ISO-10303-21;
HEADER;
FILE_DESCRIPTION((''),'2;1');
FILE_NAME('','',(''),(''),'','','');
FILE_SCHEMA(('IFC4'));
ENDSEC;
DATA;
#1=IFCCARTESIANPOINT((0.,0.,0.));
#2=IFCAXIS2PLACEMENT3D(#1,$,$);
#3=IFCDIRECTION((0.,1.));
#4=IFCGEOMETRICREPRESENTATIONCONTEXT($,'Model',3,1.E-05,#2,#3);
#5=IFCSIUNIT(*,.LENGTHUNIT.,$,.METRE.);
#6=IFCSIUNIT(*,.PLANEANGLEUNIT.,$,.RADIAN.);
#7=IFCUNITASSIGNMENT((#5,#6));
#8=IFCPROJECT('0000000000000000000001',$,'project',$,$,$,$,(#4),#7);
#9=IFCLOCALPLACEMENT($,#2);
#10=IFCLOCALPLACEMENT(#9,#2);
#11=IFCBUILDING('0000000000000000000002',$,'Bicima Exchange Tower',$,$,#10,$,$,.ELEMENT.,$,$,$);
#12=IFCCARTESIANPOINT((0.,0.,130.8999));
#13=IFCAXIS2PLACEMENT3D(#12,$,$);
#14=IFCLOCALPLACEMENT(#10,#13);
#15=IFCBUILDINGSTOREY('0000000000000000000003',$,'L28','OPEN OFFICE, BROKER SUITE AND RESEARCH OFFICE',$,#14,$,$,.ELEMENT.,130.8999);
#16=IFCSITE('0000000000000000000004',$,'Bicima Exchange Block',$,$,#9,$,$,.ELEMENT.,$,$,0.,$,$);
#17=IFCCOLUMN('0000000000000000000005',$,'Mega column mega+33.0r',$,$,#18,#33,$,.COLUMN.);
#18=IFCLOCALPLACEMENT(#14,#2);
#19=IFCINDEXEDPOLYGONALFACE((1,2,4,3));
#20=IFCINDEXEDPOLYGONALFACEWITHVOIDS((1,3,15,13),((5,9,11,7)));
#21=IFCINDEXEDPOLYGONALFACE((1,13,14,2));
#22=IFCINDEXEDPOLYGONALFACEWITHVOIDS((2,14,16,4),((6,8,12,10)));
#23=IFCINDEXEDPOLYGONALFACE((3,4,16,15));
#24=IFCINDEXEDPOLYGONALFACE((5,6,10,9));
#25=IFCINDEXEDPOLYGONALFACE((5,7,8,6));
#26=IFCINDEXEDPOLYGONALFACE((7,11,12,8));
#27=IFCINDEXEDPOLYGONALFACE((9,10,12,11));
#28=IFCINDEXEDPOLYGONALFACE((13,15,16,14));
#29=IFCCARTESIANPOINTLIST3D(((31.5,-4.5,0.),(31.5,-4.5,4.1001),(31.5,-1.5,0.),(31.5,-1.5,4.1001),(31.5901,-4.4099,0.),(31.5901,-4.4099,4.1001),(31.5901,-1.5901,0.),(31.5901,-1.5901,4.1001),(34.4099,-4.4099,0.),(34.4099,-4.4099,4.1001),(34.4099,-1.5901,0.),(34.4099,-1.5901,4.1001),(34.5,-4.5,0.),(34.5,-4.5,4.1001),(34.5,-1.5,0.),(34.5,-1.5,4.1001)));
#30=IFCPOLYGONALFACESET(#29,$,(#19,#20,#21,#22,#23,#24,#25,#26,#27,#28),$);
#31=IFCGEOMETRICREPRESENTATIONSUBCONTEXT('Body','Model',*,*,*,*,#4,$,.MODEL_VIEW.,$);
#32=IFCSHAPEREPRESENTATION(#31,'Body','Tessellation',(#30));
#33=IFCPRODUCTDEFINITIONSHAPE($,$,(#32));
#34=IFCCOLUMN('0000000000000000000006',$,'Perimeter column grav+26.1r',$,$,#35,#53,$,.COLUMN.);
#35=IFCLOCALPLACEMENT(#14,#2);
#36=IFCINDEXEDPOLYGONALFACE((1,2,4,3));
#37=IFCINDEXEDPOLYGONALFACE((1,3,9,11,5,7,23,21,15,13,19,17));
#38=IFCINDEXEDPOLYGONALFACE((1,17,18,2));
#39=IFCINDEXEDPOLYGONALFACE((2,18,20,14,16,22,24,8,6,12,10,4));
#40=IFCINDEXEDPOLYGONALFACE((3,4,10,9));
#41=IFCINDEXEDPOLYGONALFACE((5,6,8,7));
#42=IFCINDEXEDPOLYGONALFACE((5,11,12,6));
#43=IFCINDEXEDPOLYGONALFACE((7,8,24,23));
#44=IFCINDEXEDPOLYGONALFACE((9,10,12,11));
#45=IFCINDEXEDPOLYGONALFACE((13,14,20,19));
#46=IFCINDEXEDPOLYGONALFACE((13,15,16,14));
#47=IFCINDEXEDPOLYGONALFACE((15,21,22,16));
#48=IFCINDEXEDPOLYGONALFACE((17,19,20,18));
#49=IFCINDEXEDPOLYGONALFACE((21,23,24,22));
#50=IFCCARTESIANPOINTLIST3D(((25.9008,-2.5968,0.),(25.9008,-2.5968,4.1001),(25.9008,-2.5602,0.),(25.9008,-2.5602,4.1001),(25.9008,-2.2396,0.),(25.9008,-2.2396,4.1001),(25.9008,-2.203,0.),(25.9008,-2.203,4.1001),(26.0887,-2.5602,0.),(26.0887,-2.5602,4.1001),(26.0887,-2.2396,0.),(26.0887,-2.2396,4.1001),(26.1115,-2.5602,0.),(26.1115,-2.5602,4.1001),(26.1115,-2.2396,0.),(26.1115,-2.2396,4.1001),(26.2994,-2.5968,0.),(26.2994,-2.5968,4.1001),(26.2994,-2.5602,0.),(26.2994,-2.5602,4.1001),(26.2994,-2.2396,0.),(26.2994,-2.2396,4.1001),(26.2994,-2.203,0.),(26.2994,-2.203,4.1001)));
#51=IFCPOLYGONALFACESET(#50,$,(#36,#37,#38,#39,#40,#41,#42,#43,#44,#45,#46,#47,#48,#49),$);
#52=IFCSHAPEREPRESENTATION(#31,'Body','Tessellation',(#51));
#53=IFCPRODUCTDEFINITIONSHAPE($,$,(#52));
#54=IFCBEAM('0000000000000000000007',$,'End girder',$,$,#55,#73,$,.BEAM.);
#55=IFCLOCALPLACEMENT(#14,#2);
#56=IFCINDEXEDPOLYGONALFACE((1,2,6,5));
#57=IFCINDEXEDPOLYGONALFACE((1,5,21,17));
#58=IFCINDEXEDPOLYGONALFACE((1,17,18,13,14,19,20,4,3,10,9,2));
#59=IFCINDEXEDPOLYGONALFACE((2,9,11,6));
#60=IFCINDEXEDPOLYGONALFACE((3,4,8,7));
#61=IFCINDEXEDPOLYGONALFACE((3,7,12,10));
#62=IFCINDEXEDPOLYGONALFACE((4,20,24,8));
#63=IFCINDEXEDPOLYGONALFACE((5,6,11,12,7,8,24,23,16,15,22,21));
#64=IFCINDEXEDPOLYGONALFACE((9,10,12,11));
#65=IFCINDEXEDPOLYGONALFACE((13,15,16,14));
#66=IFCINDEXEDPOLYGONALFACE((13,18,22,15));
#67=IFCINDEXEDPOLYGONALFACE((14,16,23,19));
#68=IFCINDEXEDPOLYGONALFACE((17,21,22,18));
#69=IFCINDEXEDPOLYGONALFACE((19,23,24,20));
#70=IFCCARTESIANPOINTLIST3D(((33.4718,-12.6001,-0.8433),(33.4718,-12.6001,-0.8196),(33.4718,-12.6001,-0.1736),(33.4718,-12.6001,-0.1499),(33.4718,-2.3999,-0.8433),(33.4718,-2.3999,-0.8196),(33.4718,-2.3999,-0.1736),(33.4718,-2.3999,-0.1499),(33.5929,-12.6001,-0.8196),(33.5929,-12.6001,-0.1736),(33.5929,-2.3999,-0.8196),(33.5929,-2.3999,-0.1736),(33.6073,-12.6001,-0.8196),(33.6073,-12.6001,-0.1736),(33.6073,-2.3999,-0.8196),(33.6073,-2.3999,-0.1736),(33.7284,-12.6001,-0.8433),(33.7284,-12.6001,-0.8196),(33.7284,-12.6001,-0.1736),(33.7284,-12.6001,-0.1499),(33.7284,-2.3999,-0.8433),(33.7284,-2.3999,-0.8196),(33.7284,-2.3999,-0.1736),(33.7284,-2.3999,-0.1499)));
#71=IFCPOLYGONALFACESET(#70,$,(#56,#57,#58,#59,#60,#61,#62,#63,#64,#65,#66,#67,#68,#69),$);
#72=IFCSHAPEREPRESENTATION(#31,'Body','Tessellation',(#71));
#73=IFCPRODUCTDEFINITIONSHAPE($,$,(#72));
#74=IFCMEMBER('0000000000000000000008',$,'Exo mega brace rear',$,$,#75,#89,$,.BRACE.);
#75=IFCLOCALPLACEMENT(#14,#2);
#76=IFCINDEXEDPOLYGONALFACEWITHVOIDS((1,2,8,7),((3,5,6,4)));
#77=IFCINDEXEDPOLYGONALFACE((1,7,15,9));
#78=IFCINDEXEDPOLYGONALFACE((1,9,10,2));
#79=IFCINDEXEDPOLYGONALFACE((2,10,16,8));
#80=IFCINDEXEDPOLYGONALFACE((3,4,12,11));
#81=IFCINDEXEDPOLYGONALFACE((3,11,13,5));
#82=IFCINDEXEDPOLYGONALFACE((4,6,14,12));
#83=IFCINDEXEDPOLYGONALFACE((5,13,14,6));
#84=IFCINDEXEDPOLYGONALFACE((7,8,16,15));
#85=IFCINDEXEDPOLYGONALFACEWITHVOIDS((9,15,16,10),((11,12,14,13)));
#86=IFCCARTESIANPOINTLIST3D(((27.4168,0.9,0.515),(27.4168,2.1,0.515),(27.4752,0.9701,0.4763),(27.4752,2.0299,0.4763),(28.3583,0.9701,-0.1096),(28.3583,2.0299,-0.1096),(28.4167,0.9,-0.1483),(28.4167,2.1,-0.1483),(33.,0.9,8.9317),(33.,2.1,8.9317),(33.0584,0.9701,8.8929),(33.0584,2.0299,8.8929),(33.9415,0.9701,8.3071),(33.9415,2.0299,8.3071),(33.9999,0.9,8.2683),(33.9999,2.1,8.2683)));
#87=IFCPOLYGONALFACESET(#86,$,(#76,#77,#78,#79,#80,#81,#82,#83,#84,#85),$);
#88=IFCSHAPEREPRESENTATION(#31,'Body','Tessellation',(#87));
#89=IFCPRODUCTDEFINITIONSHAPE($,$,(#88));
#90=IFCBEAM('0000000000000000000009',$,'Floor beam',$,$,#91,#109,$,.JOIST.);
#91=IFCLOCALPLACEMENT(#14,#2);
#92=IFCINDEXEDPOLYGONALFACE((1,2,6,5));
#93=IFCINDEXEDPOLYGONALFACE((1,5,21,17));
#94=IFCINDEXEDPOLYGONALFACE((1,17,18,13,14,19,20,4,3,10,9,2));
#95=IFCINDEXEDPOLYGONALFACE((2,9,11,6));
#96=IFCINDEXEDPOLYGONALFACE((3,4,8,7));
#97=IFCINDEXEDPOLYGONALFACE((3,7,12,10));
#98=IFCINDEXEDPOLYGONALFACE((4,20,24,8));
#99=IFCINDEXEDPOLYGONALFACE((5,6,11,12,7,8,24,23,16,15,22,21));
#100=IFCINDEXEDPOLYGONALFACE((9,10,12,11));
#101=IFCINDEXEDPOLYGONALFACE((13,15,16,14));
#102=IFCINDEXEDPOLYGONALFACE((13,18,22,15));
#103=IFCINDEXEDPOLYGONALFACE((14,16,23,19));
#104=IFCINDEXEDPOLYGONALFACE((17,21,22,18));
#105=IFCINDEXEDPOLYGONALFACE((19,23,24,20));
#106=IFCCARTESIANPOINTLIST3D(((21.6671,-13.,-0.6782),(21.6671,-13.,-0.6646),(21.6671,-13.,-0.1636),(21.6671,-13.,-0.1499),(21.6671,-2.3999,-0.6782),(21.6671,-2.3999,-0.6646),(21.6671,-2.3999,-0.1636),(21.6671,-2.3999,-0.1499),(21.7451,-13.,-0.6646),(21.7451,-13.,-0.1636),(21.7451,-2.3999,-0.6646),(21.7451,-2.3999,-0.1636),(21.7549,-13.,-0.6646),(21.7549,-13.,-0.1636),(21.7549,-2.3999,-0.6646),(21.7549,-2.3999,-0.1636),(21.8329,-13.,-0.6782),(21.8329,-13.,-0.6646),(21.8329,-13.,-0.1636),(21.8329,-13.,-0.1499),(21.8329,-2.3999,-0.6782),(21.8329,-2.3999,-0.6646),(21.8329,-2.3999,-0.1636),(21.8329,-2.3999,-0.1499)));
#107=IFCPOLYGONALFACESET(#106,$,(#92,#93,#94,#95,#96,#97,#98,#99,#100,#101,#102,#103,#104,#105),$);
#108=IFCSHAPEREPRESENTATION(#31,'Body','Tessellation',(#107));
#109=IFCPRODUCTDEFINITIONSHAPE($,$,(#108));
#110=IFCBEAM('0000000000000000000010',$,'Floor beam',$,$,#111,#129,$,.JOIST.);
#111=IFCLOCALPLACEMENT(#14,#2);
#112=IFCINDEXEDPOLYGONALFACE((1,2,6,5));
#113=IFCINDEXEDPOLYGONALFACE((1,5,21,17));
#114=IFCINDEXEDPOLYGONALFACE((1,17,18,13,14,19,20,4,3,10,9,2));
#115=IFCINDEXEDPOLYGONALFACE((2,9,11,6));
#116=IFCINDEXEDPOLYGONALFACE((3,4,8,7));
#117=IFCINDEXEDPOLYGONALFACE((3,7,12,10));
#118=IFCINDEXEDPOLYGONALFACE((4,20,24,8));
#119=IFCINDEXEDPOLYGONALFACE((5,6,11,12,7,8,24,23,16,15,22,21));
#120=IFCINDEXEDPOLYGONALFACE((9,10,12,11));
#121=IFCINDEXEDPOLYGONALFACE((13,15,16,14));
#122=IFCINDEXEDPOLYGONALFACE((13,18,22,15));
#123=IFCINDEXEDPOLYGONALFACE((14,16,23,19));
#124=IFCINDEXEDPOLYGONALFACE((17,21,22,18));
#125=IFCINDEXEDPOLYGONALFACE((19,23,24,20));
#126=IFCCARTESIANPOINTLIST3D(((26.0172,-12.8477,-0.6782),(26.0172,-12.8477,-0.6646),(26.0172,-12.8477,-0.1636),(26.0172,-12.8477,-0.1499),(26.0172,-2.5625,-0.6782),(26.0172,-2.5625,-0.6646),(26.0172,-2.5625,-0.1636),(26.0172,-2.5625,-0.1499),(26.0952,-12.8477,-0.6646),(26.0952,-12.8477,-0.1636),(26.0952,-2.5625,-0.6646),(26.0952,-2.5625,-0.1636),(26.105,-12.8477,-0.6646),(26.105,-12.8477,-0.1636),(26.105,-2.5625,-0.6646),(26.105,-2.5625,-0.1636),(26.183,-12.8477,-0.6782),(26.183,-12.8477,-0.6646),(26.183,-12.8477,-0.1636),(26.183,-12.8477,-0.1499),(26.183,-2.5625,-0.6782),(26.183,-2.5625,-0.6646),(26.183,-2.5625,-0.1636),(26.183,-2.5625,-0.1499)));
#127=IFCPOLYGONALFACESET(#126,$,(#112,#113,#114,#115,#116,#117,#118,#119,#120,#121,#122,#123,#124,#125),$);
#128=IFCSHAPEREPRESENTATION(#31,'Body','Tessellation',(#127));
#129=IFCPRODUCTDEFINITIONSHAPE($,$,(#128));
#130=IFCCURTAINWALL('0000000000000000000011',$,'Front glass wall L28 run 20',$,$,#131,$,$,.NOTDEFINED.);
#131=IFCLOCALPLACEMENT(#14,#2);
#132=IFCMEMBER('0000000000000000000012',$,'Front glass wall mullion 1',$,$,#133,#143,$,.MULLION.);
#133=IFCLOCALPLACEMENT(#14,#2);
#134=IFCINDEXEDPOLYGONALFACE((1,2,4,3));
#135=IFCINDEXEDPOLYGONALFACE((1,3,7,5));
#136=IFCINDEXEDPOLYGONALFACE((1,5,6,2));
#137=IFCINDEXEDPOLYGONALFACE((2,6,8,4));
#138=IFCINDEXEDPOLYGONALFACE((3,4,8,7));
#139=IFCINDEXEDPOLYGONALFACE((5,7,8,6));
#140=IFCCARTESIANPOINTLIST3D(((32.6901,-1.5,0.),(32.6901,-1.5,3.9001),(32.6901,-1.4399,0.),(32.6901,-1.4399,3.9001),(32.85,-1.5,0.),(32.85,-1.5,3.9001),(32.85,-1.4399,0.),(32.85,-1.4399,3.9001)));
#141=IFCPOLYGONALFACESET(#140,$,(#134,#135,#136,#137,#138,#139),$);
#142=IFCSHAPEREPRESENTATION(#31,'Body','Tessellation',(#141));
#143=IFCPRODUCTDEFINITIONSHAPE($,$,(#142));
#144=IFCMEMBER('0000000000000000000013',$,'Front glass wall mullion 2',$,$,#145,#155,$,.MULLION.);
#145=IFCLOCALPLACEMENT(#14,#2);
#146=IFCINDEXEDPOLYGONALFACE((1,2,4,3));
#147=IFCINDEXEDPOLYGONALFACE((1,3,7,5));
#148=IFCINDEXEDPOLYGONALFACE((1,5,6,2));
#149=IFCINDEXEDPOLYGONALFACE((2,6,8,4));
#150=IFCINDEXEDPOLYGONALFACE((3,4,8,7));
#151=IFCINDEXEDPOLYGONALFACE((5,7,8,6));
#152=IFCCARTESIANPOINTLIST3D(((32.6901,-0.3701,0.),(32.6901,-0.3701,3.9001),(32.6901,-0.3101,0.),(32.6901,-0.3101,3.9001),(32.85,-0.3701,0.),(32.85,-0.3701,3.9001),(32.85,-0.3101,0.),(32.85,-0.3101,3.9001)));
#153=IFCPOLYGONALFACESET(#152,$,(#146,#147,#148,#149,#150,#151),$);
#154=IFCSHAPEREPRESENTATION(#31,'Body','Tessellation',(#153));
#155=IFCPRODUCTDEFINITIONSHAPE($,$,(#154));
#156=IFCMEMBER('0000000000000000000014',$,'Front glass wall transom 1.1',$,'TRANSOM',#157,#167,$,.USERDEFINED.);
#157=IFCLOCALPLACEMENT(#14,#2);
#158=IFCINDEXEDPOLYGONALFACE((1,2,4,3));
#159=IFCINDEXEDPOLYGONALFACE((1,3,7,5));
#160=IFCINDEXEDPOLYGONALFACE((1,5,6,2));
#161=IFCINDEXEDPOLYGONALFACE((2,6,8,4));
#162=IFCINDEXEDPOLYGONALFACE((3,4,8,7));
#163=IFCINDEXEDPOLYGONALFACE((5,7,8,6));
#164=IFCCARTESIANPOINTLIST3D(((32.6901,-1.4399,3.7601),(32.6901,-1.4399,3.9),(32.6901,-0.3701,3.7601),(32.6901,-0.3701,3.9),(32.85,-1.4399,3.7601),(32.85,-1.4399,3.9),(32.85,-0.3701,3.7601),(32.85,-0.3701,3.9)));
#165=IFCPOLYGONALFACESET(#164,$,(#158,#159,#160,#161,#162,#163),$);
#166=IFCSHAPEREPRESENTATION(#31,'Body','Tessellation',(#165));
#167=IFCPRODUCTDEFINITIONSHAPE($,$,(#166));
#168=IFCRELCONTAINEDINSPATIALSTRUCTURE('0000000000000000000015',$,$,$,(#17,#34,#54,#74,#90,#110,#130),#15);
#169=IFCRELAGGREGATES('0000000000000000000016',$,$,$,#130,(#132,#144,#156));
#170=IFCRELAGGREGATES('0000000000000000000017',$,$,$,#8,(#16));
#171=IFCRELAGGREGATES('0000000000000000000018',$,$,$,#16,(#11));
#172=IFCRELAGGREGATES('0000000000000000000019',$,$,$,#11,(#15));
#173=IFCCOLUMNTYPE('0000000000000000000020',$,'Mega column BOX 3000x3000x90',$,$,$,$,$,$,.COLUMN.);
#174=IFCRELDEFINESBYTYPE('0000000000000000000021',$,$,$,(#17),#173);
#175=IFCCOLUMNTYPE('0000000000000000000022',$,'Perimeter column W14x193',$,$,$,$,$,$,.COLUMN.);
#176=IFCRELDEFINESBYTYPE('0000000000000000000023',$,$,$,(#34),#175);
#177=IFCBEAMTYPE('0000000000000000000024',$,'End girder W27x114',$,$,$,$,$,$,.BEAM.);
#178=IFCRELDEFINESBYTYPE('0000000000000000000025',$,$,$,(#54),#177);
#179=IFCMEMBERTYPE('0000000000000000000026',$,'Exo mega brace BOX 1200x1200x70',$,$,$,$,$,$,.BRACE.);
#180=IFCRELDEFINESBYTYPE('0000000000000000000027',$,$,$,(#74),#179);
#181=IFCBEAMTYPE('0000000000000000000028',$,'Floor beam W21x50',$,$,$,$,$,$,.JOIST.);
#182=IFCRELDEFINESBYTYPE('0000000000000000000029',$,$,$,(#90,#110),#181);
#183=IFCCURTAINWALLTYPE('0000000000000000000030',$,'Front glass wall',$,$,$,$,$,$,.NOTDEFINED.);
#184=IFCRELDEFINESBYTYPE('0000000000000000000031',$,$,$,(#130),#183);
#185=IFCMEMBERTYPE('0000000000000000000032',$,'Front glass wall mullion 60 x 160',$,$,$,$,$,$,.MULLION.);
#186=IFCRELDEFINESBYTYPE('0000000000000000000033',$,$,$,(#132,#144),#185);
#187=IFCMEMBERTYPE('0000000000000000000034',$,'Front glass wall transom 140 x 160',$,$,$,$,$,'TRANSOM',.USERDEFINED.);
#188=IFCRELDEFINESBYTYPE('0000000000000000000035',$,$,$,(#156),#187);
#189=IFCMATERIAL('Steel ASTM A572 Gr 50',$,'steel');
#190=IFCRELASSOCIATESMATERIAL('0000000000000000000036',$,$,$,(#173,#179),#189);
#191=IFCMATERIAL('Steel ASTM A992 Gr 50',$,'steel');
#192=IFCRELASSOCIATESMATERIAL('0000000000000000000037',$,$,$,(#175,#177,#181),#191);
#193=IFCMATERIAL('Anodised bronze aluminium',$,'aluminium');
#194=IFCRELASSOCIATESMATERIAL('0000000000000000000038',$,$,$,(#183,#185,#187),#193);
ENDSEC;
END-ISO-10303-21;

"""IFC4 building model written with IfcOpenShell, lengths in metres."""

from ifc_helpers import new_model, si_unit, direction, frame, origin, origin_2d, place, context, subcontext, project, spatial, rectangle, hollow_rectangle, i_section, extrude, material, material_profile, profile_set, type_object, element, aggregate, save


model = new_model("IFC4")

# Units and contexts
model_context = context("Model", 3, precision=1e-05, world=origin(), true_north=direction((0.0, 1.0)))
body_context = subcontext(model_context, "Body", "Model", "MODEL_VIEW")
ifc_project = project(units=[si_unit("LENGTHUNIT", "METRE"), si_unit("PLANEANGLEUNIT", "RADIAN")], contexts=[model_context])

# Site, building, storey
site_placement = place(None, origin())
site = spatial("IfcSite", under=ifc_project, at=site_placement, Name="Bicima Exchange Block", CompositionType="ELEMENT", RefElevation=0.0)
building_placement = place(site_placement, origin())
building = spatial("IfcBuilding", under=site, at=building_placement, Name="Bicima Exchange Tower", CompositionType="ELEMENT")
storey_placement = place(building_placement, frame((0.0, 0.0, 130.8999)))
storey = spatial("IfcBuildingStorey", under=building, at=storey_placement, Name="L28", Description="OPEN OFFICE, BROKER SUITE AND RESEARCH OFFICE", CompositionType="ELEMENT", Elevation=130.8999)

# Columns
ifc_material_1 = material(Name="Steel ASTM A572 Gr 50", Category="steel")
ifc_material_profile_1 = material_profile(ifc_material_1, hollow_rectangle(XDim=3.0, YDim=3.0, WallThickness=0.0901, at=origin_2d()))
ifc_profile_set_1 = profile_set([ifc_material_profile_1], Name="Steel ASTM A572 Gr 50")
column_type_1 = type_object("IfcColumnType", Name="Mega column BOX 3000x3000x90", PredefinedType="COLUMN", material=ifc_profile_set_1)
column_1_placement = place(storey_placement, frame((33.0, -3.0, 0.0), z_axis=(0.0, 0.0, 1.0), x_axis=(1.0, 0.0, 0.0)))
element("IfcColumn", 1, at=column_1_placement, inside=storey, type_object=column_type_1, Name="Mega column mega+33.0r", PredefinedType="COLUMN", context=body_context, shape_type="SweptSolid", body=[
    extrude(hollow_rectangle(XDim=3.0, YDim=3.0, WallThickness=0.0901, at=origin_2d()), origin(), (0.0, 0.0, 1.0), 4.1001),
])
ifc_material_2 = material(Name="Steel ASTM A992 Gr 50", Category="steel")
ifc_material_profile_2 = material_profile(ifc_material_2, i_section(OverallWidth=0.3987, OverallDepth=0.3938, WebThickness=0.0227, FlangeThickness=0.0366, at=origin_2d()))
ifc_profile_set_2 = profile_set([ifc_material_profile_2], Name="Steel ASTM A992 Gr 50")
column_type_2 = type_object("IfcColumnType", Name="Perimeter column W14x193", PredefinedType="COLUMN", material=ifc_profile_set_2)
column_2_placement = place(storey_placement, frame((26.1001, -2.3999, 0.0), z_axis=(0.0, 0.0, 1.0), x_axis=(1.0, 0.0, 0.0)))
element("IfcColumn", 2, at=column_2_placement, inside=storey, type_object=column_type_2, Name="Perimeter column grav+26.1r", PredefinedType="COLUMN", context=body_context, shape_type="SweptSolid", body=[
    extrude(i_section(OverallWidth=0.3987, OverallDepth=0.3938, WebThickness=0.0227, FlangeThickness=0.0366, at=origin_2d()), origin(), (0.0, 0.0, 1.0), 4.1001),
])

# Beam
ifc_material_profile_3 = material_profile(ifc_material_2, i_section(OverallWidth=0.2566, OverallDepth=0.6934, WebThickness=0.0144, FlangeThickness=0.0237, at=origin_2d()))
ifc_profile_set_3 = profile_set([ifc_material_profile_3], Name="Steel ASTM A992 Gr 50")
beam_type_1 = type_object("IfcBeamType", Name="End girder W27x114", PredefinedType="BEAM", material=ifc_profile_set_3)
beam_1_placement = place(storey_placement, frame((33.6001, -2.3999, -0.4966), z_axis=(0.0, -1.0, 0.0), x_axis=(1.0, 0.0, 0.0)))
element("IfcBeam", 3, at=beam_1_placement, inside=storey, type_object=beam_type_1, Name="End girder", PredefinedType="BEAM", context=body_context, shape_type="SweptSolid", body=[
    extrude(i_section(OverallWidth=0.2566, OverallDepth=0.6934, WebThickness=0.0144, FlangeThickness=0.0237, at=origin_2d()), origin(), (0.0, 0.0, 1.0), 10.2002),
])

# Member
ifc_material_profile_4 = material_profile(ifc_material_1, hollow_rectangle(XDim=1.2, YDim=1.2, WallThickness=0.0701, at=origin_2d()))
ifc_profile_set_4 = profile_set([ifc_material_profile_4], Name="Steel ASTM A572 Gr 50")
member_type_1 = type_object("IfcMemberType", Name="Exo mega brace BOX 1200x1200x70", PredefinedType="BRACE", material=ifc_profile_set_4)
member_1_placement = place(storey_placement, frame((27.9167, 1.5, 0.1833), z_axis=(0.552785, 0.0, 0.833324), x_axis=(0.0, 1.0, 0.0)))
element("IfcMember", 4, at=member_1_placement, inside=storey, type_object=member_type_1, Name="Exo mega brace rear", PredefinedType="BRACE", context=body_context, shape_type="SweptSolid", body=[
    extrude(hollow_rectangle(XDim=1.2, YDim=1.2, WallThickness=0.0701, at=origin_2d()), origin(), (0.0, 0.0, 1.0), 10.1001),
])

# Beams
ifc_material_profile_5 = material_profile(ifc_material_2, i_section(OverallWidth=0.1658, OverallDepth=0.5283, WebThickness=0.0098, FlangeThickness=0.0137, at=origin_2d()))
ifc_profile_set_5 = profile_set([ifc_material_profile_5], Name="Steel ASTM A992 Gr 50")
beam_type_2 = type_object("IfcBeamType", Name="Floor beam W21x50", PredefinedType="JOIST", material=ifc_profile_set_5)
beam_2_placement = place(storey_placement, frame((21.75, -2.3999, -0.4141), z_axis=(0.0, -1.0, 0.0), x_axis=(1.0, 0.0, 0.0)))
element("IfcBeam", 5, at=beam_2_placement, inside=storey, type_object=beam_type_2, Name="Floor beam", PredefinedType="JOIST", context=body_context, shape_type="SweptSolid", body=[
    extrude(i_section(OverallWidth=0.1658, OverallDepth=0.5283, WebThickness=0.0098, FlangeThickness=0.0137, at=origin_2d()), origin(), (0.0, 0.0, 1.0), 10.6001),
])
beam_3_placement = place(storey_placement, frame((26.1001, -2.5625, -0.4141), z_axis=(0.0, -1.0, 0.0), x_axis=(1.0, 0.0, 0.0)))
element("IfcBeam", 6, at=beam_3_placement, inside=storey, type_object=beam_type_2, Name="Floor beam", PredefinedType="JOIST", context=body_context, shape_type="SweptSolid", body=[
    extrude(i_section(OverallWidth=0.1658, OverallDepth=0.5283, WebThickness=0.0098, FlangeThickness=0.0137, at=origin_2d()), origin(), (0.0, 0.0, 1.0), 10.2852),
])

# Curtain wall, members
ifc_material_3 = material(Name="Anodised bronze aluminium", Category="aluminium")
curtain_wall_type = type_object("IfcCurtainWallType", Name="Front glass wall", PredefinedType="NOTDEFINED", material=ifc_material_3)
curtain_wall_placement = place(storey_placement, origin())
curtain_wall = element("IfcCurtainWall", 7, at=curtain_wall_placement, inside=storey, type_object=curtain_wall_type, Name="Front glass wall L28 run 20", PredefinedType="NOTDEFINED")
ifc_material_profile_6 = material_profile(ifc_material_3, rectangle(XDim=0.1599, YDim=0.0601, at=origin_2d()))
ifc_profile_set_6 = profile_set([ifc_material_profile_6], Name="Anodised bronze aluminium")
member_type_2 = type_object("IfcMemberType", Name="Front glass wall mullion 60 x 160", PredefinedType="MULLION", material=ifc_profile_set_6)
member_2_placement = place(storey_placement, frame((32.77, -1.47, 0.0), z_axis=(0.0, 0.0, 1.0), x_axis=(-1.0, 0.0, 0.0)))
member_2 = element("IfcMember", 8, at=member_2_placement, type_object=member_type_2, Name="Front glass wall mullion 1", PredefinedType="MULLION", context=body_context, shape_type="SweptSolid", body=[
    extrude(rectangle(XDim=0.1599, YDim=0.0601, at=origin_2d()), origin(), (0.0, 0.0, 1.0), 3.9001),
])
member_3_placement = place(storey_placement, frame((32.77, -0.3401, 0.0), z_axis=(0.0, 0.0, 1.0), x_axis=(-1.0, 0.0, 0.0)))
member_3 = element("IfcMember", 9, at=member_3_placement, type_object=member_type_2, Name="Front glass wall mullion 2", PredefinedType="MULLION", context=body_context, shape_type="SweptSolid", body=[
    extrude(rectangle(XDim=0.1599, YDim=0.0601, at=origin_2d()), origin(), (0.0, 0.0, 1.0), 3.9001),
])
ifc_material_profile_7 = material_profile(ifc_material_3, rectangle(XDim=0.1599, YDim=0.1399, at=origin_2d()))
ifc_profile_set_7 = profile_set([ifc_material_profile_7], Name="Anodised bronze aluminium")
member_type_3 = type_object("IfcMemberType", Name="Front glass wall transom 140 x 160", ElementType="TRANSOM", PredefinedType="USERDEFINED", material=ifc_profile_set_7)
member_4_placement = place(storey_placement, frame((32.77, -1.4399, 3.8301), z_axis=(0.0, 1.0, 0.0), x_axis=(-1.0, 0.0, 0.0)))
member_4 = element("IfcMember", 10, at=member_4_placement, type_object=member_type_3, Name="Front glass wall transom 1.1", ObjectType="TRANSOM", PredefinedType="USERDEFINED", context=body_context, shape_type="SweptSolid", body=[
    extrude(rectangle(XDim=0.1599, YDim=0.1399, at=origin_2d()), origin(), (0.0, 0.0, 1.0), 1.0698),
])

aggregate(curtain_wall, [member_2, member_3, member_4])

save(model, "model.ifc")
